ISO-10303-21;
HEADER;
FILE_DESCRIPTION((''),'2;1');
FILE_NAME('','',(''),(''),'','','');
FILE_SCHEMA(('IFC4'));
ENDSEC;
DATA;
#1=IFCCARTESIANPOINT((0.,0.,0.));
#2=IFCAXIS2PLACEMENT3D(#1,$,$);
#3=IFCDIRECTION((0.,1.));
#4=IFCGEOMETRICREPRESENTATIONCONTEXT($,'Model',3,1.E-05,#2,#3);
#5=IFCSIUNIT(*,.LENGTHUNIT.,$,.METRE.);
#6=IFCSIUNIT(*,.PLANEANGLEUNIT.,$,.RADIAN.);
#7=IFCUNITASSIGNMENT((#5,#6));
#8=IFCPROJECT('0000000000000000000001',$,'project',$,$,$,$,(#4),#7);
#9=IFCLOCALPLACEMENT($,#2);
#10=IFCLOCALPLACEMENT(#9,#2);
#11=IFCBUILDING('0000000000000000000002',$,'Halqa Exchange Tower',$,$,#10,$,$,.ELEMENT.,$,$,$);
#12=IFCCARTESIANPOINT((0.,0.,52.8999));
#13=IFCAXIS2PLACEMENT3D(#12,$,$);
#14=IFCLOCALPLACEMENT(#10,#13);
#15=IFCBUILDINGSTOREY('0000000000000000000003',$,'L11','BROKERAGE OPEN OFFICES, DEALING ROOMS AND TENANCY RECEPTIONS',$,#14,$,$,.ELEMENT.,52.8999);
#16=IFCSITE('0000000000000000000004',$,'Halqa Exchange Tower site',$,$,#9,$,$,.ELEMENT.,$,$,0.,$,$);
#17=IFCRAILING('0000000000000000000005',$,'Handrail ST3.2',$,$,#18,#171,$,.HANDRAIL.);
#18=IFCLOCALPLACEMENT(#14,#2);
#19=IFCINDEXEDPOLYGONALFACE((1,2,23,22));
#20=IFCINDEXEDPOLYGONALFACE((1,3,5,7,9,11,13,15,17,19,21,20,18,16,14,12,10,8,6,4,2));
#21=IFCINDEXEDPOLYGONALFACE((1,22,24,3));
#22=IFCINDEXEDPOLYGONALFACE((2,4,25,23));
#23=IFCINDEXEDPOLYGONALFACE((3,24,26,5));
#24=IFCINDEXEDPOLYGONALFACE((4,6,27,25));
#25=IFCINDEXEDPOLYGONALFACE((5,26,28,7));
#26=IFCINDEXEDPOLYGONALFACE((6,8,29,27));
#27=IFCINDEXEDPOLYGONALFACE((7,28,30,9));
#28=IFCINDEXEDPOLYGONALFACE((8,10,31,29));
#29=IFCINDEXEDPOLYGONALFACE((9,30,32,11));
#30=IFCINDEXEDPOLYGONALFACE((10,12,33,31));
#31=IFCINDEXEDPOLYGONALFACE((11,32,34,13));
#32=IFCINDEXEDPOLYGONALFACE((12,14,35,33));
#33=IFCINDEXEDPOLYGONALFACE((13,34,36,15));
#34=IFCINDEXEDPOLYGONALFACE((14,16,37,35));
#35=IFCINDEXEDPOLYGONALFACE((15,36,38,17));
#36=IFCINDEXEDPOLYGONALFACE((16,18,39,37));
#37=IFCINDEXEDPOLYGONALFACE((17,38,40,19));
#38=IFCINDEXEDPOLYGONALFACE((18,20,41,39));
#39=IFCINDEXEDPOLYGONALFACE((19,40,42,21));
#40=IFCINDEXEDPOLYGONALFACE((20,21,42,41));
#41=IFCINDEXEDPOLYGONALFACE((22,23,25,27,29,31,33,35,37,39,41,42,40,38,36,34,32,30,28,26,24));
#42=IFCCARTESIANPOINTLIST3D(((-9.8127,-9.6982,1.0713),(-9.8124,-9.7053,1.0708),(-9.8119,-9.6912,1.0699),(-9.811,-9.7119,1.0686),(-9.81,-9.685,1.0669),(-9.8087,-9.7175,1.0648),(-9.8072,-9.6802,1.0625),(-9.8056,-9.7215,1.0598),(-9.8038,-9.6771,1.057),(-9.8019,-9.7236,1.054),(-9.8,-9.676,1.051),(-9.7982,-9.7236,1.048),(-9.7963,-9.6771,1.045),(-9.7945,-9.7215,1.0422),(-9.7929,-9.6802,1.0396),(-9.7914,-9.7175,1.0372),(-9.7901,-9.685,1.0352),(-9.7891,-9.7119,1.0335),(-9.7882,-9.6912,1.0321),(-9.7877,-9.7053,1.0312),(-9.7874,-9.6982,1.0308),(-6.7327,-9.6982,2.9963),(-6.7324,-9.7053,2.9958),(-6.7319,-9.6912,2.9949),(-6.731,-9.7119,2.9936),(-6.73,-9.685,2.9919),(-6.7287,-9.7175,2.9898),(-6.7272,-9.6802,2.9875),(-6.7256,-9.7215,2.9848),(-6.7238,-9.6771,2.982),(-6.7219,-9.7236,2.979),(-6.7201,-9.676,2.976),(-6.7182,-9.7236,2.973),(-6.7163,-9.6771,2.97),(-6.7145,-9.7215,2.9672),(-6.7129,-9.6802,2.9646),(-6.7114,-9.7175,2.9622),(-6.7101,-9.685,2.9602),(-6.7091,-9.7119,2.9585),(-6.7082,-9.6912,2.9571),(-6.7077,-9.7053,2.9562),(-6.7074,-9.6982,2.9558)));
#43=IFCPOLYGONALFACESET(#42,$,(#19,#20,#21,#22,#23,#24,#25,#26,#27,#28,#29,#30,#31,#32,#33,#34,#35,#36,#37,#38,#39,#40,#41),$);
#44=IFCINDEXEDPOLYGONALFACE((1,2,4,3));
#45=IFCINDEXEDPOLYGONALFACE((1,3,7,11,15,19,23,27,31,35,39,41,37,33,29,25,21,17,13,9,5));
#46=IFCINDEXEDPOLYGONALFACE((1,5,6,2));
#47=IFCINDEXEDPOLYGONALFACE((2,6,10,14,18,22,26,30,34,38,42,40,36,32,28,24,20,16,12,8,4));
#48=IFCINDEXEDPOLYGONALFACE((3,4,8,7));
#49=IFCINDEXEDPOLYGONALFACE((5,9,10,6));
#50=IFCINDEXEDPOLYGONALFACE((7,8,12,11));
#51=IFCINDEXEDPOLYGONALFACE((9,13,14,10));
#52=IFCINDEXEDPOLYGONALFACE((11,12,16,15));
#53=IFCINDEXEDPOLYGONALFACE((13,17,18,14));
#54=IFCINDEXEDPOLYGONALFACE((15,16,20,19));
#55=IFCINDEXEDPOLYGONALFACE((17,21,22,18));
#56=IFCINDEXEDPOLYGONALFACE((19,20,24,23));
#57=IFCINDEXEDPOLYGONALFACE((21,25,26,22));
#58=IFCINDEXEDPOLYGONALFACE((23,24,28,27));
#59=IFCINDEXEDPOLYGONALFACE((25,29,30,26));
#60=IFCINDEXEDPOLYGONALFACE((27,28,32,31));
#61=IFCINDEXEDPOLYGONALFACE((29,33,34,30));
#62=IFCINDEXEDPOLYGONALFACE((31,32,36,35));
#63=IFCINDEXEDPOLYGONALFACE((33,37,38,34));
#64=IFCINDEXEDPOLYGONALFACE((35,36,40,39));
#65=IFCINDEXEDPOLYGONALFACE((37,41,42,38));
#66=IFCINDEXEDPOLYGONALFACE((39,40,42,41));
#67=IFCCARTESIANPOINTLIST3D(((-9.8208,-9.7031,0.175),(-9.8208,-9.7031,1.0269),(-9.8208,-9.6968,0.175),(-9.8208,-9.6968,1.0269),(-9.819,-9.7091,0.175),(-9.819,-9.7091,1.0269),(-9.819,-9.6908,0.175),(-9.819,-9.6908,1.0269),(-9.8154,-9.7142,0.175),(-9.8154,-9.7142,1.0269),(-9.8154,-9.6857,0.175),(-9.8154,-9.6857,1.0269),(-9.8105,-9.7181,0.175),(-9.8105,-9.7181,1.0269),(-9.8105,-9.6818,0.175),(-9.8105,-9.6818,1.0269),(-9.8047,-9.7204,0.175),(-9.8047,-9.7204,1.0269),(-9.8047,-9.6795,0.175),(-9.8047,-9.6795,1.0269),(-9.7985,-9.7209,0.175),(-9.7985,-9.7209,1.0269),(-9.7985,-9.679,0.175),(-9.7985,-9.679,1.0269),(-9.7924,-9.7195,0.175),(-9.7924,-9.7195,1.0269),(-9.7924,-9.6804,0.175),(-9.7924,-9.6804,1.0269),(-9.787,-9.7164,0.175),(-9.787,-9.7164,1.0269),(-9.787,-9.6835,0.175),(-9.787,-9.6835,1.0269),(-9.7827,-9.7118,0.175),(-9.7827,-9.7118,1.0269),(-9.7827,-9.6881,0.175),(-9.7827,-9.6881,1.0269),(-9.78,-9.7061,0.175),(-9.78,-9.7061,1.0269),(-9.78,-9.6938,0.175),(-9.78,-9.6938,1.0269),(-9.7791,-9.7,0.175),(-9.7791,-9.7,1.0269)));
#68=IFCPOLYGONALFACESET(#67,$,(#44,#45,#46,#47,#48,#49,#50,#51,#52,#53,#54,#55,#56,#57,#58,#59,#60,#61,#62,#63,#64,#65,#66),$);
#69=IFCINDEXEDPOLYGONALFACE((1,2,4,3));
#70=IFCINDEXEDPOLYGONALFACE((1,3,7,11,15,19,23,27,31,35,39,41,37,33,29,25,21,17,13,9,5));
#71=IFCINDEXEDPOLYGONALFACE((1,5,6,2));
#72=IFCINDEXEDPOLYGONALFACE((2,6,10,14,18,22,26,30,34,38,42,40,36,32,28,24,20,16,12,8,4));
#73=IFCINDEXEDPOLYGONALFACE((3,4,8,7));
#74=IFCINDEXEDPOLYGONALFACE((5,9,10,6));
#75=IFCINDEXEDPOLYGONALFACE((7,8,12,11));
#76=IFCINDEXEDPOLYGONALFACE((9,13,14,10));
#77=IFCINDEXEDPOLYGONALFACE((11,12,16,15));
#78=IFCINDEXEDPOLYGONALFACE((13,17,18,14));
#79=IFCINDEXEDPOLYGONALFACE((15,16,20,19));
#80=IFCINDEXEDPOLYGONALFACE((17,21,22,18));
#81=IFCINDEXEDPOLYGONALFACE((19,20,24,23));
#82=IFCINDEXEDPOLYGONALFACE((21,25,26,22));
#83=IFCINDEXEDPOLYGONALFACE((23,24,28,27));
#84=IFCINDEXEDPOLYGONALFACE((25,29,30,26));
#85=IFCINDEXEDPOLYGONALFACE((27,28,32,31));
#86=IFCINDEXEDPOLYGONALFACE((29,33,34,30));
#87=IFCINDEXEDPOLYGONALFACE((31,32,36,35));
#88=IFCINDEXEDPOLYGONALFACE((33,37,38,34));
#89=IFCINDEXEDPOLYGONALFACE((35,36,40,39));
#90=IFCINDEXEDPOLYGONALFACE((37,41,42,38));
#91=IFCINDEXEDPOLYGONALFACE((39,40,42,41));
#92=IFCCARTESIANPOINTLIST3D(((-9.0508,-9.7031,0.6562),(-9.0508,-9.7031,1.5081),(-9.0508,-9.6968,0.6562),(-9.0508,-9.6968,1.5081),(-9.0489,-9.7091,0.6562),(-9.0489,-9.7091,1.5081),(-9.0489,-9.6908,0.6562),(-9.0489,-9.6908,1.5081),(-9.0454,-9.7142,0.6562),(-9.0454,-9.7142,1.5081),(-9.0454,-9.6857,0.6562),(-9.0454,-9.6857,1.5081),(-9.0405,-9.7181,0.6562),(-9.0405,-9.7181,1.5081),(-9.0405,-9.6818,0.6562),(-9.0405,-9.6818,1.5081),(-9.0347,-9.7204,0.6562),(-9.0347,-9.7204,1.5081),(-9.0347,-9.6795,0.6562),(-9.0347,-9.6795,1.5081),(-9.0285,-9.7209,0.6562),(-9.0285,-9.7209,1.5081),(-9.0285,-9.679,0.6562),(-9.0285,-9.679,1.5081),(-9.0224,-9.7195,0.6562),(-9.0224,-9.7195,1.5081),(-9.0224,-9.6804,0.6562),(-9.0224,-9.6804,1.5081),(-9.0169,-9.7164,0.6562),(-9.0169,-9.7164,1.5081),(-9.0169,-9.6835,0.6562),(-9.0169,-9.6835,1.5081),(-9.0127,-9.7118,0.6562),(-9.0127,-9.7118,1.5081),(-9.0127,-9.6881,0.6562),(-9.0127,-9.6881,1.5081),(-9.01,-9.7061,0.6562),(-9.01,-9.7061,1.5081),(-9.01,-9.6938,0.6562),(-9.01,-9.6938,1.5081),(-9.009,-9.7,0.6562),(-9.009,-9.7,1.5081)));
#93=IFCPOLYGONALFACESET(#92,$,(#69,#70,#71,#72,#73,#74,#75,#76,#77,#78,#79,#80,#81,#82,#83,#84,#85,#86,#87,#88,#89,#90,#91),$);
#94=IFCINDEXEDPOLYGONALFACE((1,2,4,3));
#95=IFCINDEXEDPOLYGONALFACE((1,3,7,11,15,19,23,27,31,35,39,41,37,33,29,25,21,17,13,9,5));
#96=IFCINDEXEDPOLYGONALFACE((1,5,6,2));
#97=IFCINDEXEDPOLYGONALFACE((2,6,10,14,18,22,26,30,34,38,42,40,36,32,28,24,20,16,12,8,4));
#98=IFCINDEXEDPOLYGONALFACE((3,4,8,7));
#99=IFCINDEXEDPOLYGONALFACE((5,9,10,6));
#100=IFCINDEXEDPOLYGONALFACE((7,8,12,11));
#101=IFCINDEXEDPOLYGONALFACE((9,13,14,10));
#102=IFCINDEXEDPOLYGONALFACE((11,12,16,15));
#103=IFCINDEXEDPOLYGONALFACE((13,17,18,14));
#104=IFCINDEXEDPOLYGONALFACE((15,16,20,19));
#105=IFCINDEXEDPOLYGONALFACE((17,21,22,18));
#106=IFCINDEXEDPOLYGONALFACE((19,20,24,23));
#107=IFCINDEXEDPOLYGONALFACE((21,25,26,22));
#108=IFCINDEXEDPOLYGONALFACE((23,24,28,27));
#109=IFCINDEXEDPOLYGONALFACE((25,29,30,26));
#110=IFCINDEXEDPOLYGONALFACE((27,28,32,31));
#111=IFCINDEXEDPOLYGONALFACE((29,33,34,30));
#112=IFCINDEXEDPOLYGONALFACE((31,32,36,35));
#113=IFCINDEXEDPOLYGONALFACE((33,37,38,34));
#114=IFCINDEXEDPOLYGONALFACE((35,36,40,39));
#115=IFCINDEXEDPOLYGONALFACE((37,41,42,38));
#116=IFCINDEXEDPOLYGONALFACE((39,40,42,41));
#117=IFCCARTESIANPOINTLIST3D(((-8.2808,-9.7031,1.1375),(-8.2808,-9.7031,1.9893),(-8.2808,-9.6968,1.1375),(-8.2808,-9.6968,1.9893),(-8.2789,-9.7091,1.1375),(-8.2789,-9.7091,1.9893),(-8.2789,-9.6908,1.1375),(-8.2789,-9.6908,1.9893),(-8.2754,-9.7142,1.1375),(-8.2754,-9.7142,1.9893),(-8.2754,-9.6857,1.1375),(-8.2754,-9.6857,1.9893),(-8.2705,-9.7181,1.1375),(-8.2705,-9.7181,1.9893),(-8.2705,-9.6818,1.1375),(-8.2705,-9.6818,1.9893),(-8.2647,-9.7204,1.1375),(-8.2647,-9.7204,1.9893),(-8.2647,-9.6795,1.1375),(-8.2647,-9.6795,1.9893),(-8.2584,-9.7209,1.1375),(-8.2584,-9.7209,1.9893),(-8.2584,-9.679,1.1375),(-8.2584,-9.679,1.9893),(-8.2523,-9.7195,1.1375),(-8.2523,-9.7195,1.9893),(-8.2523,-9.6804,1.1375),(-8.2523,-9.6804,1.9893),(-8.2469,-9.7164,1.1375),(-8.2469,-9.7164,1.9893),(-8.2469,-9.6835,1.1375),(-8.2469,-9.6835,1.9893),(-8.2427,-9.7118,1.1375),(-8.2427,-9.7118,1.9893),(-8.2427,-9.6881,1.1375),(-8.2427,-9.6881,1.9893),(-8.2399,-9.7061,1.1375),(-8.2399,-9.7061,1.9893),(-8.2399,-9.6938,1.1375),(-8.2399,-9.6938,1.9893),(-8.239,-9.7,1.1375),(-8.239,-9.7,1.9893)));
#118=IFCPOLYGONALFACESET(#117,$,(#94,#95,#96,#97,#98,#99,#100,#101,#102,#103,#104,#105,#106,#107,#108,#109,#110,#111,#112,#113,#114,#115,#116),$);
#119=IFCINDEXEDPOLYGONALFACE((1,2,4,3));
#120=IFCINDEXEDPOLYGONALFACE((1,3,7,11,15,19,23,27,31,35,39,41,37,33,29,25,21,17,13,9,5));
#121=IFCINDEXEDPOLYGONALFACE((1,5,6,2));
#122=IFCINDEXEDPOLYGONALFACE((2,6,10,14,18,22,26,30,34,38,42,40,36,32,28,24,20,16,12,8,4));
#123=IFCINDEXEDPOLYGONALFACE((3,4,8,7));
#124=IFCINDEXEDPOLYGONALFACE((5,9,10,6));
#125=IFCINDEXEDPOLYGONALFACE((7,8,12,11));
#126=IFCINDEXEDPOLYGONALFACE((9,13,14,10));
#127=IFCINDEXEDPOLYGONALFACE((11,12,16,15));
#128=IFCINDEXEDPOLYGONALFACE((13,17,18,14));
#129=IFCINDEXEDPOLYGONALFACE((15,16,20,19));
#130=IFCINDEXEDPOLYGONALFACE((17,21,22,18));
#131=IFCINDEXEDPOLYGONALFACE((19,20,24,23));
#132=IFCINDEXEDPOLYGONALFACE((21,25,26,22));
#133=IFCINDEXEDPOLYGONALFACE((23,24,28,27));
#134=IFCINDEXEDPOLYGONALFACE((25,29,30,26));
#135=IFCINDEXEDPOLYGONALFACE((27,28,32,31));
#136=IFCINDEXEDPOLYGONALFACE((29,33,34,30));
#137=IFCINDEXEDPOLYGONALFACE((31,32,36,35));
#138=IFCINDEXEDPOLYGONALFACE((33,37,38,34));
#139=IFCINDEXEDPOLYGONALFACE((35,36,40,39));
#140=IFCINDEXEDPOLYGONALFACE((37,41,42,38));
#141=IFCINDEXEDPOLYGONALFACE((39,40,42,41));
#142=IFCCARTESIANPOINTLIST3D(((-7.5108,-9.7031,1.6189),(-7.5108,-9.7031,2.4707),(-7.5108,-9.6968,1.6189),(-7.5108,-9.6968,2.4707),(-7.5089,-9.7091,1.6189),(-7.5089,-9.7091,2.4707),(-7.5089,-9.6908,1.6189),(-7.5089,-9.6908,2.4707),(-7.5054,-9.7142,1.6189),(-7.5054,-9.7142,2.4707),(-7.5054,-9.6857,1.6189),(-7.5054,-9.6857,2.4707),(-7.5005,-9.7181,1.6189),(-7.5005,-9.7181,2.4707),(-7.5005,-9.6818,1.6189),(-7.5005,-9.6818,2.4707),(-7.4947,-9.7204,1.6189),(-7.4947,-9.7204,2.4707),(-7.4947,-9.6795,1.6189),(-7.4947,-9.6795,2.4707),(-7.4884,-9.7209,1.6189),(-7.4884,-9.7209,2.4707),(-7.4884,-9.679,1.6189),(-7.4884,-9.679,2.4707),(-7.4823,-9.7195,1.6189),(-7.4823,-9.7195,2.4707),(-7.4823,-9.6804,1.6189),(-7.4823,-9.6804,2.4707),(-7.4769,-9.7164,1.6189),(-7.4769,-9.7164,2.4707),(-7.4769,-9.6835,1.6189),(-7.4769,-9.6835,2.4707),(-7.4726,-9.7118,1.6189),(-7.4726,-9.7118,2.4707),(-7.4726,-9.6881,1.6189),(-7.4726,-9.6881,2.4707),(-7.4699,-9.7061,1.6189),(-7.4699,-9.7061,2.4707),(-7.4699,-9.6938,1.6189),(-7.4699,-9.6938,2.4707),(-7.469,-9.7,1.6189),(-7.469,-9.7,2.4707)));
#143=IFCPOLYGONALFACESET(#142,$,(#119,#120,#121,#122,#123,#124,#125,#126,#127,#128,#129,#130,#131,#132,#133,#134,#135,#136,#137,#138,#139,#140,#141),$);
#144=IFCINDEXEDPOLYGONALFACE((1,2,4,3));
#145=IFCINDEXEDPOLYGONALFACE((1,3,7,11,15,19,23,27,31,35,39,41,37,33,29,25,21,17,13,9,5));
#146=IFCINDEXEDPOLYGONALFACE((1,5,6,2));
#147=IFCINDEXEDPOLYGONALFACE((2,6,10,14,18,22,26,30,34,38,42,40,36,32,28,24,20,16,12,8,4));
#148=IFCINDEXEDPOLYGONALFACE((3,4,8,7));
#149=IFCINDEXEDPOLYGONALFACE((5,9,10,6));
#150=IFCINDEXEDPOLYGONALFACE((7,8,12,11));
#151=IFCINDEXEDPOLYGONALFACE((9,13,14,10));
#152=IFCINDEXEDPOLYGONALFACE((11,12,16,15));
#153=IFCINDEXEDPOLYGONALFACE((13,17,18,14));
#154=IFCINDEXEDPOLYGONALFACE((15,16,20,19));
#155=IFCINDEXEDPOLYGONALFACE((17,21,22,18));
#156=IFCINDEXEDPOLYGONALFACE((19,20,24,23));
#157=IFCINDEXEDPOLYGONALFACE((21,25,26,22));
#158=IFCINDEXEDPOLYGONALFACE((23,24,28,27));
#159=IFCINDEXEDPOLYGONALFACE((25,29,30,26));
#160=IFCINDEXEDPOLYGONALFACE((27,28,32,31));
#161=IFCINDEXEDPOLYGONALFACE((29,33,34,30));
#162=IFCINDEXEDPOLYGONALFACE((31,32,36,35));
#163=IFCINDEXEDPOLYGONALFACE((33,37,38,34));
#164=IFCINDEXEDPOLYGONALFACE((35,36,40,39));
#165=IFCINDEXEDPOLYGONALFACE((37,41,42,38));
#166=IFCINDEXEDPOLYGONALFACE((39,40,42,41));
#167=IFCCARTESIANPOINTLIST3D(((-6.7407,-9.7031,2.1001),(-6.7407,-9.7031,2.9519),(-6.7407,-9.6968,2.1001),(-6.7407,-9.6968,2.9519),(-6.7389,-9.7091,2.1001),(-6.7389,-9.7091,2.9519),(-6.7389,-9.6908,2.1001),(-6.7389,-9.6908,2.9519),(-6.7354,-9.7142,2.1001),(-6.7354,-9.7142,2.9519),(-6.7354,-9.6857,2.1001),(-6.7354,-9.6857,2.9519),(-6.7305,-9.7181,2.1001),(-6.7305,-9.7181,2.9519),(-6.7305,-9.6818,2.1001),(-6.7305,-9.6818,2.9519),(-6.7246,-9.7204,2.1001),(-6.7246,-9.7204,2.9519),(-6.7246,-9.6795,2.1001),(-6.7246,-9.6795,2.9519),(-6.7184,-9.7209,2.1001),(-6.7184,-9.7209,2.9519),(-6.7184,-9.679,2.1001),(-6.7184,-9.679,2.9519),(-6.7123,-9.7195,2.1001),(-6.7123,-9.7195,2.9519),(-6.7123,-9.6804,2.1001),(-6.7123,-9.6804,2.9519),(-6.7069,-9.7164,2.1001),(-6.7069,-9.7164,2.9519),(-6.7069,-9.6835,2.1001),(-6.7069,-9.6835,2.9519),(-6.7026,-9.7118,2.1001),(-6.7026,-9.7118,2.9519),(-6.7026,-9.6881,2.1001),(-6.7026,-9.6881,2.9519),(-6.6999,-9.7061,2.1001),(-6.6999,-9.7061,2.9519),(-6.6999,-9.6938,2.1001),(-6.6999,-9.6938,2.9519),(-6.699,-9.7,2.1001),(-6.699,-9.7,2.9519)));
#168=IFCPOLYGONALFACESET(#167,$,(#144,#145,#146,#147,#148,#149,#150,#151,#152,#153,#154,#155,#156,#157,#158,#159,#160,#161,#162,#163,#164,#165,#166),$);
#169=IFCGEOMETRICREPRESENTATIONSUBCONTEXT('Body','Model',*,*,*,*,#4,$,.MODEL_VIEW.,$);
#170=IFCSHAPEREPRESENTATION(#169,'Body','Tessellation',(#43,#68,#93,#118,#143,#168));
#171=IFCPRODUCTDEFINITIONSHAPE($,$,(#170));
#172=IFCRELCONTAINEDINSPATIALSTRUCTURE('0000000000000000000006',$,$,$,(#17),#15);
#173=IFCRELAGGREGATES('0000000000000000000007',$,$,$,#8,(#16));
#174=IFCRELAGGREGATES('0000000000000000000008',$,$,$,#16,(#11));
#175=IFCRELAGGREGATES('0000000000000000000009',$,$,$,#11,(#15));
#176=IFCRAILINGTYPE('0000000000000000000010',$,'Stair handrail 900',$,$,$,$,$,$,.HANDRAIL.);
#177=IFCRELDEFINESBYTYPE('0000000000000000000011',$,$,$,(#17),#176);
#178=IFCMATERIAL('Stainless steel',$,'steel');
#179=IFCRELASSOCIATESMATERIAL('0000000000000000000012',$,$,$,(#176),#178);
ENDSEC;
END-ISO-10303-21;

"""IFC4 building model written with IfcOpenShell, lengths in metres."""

from ifc_helpers import new_model, si_unit, direction, frame, origin, origin_2d, place, context, subcontext, project, spatial, circle, extrude, material, type_object, element, save


model = new_model("IFC4")

# Units and contexts
model_context = context("Model", 3, precision=1e-05, world=origin(), true_north=direction((0.0, 1.0)))
body_context = subcontext(model_context, "Body", "Model", "MODEL_VIEW")
ifc_project = project(units=[si_unit("LENGTHUNIT", "METRE"), si_unit("PLANEANGLEUNIT", "RADIAN")], contexts=[model_context])

# Site, building, storey
site_placement = place(None, origin())
site = spatial("IfcSite", under=ifc_project, at=site_placement, Name="Halqa Exchange Tower site", CompositionType="ELEMENT", RefElevation=0.0)
building_placement = place(site_placement, origin())
building = spatial("IfcBuilding", under=site, at=building_placement, Name="Halqa Exchange Tower", CompositionType="ELEMENT")
storey_placement = place(building_placement, frame((0.0, 0.0, 52.8999)))
storey = spatial("IfcBuildingStorey", under=building, at=storey_placement, Name="L11", Description="BROKERAGE OPEN OFFICES, DEALING ROOMS AND TENANCY RECEPTIONS", CompositionType="ELEMENT", Elevation=52.8999)

# Shared definitions
ifc_material_1 = material(Name="Stainless steel", Category="steel")

# Railing
railing_type_1 = type_object("IfcRailingType", Name="Stair handrail 900", PredefinedType="HANDRAIL", material=ifc_material_1)
railing_1_placement = place(storey_placement, frame((-9.8, -9.7, 0.175)))
element("IfcRailing", 1, at=railing_1_placement, inside=storey, type_object=railing_type_1, Name="Handrail ST3.2", PredefinedType="HANDRAIL", context=body_context, shape_type="SweptSolid", body=[
    extrude(circle(Radius=0.0239, at=origin_2d()), frame((0.0, 0.0, 0.876), z_axis=(0.847998, 0.0, 0.529999), x_axis=(0.0, 1.0, 0.0)), (0.0, 0.0, 1.0), 3.6321),
    extrude(circle(Radius=0.021, at=origin_2d()), origin(), (0.0, 0.0, 1.0), 0.8518),
    extrude(circle(Radius=0.021, at=origin_2d()), frame((0.77, 0.0, 0.4812)), (0.0, 0.0, 1.0), 0.8518),
    extrude(circle(Radius=0.021, at=origin_2d()), frame((1.54, 0.0, 0.9624)), (0.0, 0.0, 1.0), 0.8518),
    extrude(circle(Radius=0.021, at=origin_2d()), frame((2.3101, 0.0, 1.4438)), (0.0, 0.0, 1.0), 0.8518),
    extrude(circle(Radius=0.021, at=origin_2d()), frame((3.0801, 0.0, 1.925)), (0.0, 0.0, 1.0), 0.8518),
])

save(model, "model.ifc")
